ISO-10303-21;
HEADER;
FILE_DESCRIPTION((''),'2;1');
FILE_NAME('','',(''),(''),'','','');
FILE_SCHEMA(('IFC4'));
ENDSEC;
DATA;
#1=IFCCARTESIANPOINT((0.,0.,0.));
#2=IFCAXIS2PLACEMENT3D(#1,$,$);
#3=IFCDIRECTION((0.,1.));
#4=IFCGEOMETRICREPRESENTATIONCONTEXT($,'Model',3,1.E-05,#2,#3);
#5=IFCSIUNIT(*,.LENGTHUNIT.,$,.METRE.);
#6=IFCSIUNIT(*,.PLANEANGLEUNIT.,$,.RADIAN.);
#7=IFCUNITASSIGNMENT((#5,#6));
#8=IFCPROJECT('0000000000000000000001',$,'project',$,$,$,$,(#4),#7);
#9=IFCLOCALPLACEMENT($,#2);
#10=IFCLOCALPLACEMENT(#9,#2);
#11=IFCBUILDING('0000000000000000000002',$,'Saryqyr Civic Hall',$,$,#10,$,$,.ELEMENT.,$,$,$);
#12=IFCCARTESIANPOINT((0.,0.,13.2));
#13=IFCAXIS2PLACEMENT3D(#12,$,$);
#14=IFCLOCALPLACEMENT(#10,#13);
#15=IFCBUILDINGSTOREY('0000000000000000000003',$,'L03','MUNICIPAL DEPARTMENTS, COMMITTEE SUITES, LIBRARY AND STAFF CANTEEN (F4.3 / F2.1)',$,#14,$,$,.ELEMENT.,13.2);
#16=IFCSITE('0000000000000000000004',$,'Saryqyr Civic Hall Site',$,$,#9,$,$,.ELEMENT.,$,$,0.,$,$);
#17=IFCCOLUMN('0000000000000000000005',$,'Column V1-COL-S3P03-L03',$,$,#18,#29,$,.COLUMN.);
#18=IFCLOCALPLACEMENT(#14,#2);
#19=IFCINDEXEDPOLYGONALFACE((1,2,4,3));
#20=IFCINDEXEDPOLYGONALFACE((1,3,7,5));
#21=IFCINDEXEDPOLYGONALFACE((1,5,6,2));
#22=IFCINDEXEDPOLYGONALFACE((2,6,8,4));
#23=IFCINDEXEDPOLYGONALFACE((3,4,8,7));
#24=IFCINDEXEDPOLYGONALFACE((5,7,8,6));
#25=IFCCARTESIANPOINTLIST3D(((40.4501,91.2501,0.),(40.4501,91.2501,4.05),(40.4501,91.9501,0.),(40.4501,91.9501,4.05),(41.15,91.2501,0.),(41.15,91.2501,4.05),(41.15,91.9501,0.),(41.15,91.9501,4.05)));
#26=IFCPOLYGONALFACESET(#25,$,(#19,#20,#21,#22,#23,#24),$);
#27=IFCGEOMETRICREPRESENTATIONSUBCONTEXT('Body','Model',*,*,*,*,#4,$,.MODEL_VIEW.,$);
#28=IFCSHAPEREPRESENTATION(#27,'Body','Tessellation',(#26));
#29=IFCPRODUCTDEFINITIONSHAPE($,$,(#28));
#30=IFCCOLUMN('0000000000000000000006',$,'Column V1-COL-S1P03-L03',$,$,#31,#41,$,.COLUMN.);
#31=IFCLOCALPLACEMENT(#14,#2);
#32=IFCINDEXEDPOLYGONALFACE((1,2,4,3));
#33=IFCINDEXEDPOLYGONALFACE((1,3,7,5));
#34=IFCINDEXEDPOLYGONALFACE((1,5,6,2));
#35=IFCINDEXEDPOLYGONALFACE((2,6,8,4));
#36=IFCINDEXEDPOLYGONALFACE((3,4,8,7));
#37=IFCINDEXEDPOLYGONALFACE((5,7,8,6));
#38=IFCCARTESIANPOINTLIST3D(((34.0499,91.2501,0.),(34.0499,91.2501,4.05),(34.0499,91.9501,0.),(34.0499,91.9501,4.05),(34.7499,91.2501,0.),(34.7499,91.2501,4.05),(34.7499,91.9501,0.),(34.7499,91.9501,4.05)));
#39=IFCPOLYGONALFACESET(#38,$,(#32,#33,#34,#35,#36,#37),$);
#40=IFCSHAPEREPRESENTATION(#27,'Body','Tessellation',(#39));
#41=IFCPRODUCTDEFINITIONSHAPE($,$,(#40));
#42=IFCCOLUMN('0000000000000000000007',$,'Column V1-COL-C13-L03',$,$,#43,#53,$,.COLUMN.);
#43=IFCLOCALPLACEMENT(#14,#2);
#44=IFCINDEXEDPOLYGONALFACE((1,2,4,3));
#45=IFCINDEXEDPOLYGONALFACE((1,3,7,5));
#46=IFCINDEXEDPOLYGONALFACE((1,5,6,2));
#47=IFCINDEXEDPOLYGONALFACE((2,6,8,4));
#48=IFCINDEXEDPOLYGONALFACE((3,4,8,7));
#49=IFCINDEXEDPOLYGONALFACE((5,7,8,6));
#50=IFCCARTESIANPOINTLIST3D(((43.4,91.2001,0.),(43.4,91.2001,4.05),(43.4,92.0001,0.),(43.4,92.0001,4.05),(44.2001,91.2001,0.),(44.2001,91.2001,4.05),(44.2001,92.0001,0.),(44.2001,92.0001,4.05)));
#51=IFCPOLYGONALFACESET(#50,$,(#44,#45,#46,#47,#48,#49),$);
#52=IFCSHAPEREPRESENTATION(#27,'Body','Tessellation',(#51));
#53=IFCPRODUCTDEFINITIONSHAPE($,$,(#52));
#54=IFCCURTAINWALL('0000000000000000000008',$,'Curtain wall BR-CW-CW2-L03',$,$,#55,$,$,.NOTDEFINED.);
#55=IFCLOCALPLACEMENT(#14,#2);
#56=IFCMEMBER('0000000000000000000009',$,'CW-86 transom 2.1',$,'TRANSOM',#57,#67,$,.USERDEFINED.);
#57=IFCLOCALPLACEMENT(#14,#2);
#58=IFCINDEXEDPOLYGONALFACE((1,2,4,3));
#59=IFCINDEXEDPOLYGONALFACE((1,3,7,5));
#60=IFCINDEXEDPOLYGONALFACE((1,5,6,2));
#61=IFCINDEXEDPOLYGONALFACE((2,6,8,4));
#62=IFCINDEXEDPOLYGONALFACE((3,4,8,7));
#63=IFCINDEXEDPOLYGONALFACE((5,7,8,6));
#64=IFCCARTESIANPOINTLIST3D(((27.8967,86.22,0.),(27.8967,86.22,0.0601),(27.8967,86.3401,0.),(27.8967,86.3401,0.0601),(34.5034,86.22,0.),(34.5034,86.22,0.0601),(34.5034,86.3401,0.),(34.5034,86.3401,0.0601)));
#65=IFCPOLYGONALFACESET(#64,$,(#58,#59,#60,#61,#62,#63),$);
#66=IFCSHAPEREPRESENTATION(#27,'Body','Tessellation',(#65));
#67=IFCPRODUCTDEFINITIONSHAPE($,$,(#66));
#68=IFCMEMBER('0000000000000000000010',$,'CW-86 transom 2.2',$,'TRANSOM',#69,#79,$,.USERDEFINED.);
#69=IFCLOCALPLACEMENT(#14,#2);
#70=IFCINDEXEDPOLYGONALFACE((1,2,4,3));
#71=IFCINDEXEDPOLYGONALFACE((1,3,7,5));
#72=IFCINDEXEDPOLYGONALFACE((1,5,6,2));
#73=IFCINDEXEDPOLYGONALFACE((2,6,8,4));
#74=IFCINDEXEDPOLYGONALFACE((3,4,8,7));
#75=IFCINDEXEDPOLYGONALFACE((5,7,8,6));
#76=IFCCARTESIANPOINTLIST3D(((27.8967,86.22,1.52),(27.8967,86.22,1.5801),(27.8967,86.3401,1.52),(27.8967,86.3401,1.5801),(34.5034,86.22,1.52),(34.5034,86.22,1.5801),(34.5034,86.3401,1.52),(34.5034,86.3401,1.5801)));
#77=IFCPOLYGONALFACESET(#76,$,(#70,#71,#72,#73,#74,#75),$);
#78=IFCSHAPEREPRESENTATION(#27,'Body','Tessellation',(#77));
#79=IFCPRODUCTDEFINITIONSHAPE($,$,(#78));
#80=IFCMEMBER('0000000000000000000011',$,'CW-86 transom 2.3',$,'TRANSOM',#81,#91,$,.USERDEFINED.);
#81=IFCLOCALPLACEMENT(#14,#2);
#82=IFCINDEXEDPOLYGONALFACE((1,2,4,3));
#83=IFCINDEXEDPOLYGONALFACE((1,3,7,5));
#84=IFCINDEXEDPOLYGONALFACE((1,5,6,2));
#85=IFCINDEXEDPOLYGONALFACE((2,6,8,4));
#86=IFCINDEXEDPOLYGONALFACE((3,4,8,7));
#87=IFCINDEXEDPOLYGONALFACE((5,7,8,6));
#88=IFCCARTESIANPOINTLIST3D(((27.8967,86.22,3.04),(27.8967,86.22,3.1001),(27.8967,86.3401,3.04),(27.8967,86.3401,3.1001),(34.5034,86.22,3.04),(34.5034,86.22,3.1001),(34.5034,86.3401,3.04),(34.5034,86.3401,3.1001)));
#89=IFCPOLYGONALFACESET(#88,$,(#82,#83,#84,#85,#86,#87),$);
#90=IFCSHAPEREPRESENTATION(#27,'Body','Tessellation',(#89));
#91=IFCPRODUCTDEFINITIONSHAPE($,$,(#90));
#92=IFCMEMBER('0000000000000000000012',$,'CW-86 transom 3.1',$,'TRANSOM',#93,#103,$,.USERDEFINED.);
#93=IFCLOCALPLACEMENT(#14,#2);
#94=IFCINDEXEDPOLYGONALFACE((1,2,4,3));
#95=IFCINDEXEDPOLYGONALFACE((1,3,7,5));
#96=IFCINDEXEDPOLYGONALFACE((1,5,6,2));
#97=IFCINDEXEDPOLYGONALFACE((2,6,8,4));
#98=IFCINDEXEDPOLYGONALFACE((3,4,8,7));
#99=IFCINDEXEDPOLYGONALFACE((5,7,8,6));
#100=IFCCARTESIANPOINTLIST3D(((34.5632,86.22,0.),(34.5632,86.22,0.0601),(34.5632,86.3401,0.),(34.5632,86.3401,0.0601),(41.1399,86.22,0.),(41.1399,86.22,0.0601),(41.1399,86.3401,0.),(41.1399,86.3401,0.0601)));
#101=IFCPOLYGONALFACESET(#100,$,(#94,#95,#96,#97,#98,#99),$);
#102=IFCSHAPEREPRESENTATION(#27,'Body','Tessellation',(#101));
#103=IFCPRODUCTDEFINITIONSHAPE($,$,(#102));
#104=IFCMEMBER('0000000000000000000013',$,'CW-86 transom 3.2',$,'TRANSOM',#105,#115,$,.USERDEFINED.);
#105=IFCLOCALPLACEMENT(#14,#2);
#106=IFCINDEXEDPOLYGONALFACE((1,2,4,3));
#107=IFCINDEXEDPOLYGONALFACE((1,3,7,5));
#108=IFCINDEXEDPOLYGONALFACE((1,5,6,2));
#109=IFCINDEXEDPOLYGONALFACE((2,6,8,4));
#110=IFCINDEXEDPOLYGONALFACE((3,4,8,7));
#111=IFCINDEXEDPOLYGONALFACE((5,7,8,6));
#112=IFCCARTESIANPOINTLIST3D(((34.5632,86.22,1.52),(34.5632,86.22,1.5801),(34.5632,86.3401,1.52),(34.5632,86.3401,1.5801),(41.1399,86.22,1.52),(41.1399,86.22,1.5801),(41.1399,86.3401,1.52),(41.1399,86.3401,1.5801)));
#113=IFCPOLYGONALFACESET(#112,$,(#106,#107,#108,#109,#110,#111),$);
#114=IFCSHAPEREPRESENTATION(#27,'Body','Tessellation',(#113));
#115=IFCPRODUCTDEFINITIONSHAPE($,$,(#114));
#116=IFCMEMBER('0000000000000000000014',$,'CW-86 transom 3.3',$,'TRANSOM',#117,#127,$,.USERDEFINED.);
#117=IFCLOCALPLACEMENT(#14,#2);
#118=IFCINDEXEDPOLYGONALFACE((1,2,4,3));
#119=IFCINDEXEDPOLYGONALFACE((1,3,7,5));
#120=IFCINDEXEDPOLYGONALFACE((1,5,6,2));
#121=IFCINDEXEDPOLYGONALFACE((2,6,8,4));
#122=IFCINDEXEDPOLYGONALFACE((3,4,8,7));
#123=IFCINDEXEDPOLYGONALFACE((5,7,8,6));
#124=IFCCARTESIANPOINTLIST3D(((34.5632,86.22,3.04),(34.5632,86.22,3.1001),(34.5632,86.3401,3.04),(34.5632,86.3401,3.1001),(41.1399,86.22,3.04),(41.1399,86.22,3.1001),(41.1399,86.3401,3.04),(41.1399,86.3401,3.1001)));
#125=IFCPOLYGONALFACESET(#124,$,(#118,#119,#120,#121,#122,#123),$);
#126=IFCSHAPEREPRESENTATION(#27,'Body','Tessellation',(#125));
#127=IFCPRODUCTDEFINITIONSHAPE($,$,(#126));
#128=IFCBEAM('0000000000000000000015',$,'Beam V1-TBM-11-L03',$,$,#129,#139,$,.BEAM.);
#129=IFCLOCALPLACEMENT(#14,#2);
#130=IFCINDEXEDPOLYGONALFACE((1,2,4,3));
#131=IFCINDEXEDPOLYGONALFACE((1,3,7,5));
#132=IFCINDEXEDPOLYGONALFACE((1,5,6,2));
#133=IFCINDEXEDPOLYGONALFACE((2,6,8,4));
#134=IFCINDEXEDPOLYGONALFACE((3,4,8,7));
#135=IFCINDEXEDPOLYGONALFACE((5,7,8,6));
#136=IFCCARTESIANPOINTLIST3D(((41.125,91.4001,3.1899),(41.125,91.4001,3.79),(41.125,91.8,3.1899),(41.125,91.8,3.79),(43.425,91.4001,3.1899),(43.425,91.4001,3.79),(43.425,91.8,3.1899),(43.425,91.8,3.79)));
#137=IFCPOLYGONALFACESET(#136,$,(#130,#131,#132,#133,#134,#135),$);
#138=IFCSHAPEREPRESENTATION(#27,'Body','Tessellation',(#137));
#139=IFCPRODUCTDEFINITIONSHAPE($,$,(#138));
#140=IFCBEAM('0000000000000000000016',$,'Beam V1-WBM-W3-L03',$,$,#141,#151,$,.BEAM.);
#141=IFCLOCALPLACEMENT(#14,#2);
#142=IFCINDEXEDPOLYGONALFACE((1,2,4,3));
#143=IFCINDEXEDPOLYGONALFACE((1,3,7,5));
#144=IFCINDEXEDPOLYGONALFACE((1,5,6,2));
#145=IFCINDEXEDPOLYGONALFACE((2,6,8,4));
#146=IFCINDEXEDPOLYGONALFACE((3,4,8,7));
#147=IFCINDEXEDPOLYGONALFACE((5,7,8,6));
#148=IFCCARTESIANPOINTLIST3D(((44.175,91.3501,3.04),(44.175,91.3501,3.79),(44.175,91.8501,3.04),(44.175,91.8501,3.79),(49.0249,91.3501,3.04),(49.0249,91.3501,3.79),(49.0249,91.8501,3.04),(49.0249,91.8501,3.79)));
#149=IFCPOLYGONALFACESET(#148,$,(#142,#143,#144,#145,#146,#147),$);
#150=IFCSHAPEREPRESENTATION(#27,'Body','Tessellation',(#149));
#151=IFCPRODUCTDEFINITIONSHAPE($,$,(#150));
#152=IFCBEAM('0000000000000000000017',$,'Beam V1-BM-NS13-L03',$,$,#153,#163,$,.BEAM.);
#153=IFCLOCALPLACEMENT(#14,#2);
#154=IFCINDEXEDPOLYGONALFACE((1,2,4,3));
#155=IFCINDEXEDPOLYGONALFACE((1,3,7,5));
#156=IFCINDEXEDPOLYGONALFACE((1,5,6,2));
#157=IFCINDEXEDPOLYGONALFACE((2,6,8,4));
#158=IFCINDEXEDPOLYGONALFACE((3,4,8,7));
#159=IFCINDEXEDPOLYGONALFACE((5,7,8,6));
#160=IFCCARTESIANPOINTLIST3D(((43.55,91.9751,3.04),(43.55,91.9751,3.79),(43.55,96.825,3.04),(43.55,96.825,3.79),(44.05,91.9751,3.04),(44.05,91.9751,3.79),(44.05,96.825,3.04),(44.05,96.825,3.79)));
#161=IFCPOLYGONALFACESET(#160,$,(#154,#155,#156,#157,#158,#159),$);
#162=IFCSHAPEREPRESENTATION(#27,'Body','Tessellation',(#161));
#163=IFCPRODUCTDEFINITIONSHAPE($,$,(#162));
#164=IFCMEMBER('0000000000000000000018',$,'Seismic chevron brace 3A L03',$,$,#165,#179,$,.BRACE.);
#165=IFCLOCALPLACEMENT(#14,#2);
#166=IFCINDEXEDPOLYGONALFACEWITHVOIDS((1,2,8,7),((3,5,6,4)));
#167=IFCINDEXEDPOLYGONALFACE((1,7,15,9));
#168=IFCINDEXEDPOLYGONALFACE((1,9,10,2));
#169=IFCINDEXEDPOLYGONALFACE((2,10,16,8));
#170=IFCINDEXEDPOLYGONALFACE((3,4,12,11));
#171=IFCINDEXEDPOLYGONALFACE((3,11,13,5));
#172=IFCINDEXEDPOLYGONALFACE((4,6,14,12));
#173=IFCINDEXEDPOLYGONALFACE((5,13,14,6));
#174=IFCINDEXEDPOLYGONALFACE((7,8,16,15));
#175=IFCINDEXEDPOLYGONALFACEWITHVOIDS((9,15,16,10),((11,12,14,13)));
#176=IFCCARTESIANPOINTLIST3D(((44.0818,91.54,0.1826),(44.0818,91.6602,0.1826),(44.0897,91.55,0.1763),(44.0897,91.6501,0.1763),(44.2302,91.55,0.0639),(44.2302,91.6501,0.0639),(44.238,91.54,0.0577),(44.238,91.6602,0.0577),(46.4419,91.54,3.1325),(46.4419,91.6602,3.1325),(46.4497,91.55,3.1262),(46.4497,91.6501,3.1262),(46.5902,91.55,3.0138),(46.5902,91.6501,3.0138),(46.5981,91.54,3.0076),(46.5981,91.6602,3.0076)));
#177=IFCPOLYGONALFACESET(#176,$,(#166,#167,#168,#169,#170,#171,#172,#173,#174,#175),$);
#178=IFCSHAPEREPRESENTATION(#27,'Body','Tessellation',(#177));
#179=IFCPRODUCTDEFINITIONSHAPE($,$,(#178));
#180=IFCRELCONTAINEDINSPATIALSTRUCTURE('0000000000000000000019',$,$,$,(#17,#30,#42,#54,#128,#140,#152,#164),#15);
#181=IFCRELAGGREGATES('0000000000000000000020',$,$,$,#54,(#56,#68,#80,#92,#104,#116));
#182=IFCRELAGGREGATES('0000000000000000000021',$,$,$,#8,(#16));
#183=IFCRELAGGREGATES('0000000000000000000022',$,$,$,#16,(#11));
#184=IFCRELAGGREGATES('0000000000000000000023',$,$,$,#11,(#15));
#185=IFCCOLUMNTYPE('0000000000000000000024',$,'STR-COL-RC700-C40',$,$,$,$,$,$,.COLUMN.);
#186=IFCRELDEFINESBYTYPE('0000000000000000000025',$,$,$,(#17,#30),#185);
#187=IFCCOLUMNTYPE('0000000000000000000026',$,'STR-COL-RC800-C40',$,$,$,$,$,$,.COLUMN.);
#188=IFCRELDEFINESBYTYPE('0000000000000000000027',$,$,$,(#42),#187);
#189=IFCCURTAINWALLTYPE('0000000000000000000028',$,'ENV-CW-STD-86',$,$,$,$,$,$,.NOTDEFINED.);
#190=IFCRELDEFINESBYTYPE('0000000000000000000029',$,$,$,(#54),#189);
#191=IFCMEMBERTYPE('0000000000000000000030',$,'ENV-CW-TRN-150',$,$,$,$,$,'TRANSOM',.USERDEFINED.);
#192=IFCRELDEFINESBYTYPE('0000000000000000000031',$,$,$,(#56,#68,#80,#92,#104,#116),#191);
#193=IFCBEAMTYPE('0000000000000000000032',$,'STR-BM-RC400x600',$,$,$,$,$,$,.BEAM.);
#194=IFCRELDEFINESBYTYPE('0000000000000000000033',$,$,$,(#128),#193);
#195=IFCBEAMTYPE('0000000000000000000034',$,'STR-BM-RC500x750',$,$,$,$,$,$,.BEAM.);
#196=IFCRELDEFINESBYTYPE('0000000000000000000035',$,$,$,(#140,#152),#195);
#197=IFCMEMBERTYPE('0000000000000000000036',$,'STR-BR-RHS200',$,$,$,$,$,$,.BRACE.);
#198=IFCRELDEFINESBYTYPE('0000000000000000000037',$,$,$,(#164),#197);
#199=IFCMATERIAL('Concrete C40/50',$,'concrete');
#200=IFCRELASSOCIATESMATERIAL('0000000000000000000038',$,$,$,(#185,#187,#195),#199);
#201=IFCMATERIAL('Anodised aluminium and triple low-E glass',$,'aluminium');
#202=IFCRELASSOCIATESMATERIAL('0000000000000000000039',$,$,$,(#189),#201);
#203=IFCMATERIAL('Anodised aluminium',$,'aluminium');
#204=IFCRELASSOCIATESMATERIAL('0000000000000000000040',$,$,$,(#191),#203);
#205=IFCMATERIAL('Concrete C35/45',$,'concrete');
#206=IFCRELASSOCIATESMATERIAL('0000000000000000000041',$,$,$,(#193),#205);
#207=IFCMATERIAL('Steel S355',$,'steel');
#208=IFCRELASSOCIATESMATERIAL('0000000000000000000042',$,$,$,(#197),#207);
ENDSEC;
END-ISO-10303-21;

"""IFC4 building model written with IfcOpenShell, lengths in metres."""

from ifc_helpers import new_model, si_unit, direction, frame, origin, origin_2d, place, context, subcontext, project, spatial, rectangle, hollow_rectangle, extrude, material, material_profile, profile_set, type_object, element, aggregate, save


model = new_model("IFC4")

# Units and contexts
model_context = context("Model", 3, precision=1e-05, world=origin(), true_north=direction((0.0, 1.0)))
body_context = subcontext(model_context, "Body", "Model", "MODEL_VIEW")
ifc_project = project(units=[si_unit("LENGTHUNIT", "METRE"), si_unit("PLANEANGLEUNIT", "RADIAN")], contexts=[model_context])

# Site, building, storey
site_placement = place(None, origin())
site = spatial("IfcSite", under=ifc_project, at=site_placement, Name="Saryqyr Civic Hall Site", CompositionType="ELEMENT", RefElevation=0.0)
building_placement = place(site_placement, origin())
building = spatial("IfcBuilding", under=site, at=building_placement, Name="Saryqyr Civic Hall", CompositionType="ELEMENT")
storey_placement = place(building_placement, frame((0.0, 0.0, 13.2)))
storey = spatial("IfcBuildingStorey", under=building, at=storey_placement, Name="L03", Description="MUNICIPAL DEPARTMENTS, COMMITTEE SUITES, LIBRARY AND STAFF CANTEEN (F4.3 / F2.1)", CompositionType="ELEMENT", Elevation=13.2)

# Columns
ifc_material_1 = material(Name="Concrete C40/50", Category="concrete")
ifc_material_profile_1 = material_profile(ifc_material_1, rectangle(XDim=0.7, YDim=0.7, at=origin_2d()), Name="RC 700x700")
ifc_profile_set_1 = profile_set([ifc_material_profile_1], Name="Concrete C40/50")
column_type_1 = type_object("IfcColumnType", Name="STR-COL-RC700-C40", PredefinedType="COLUMN", material=ifc_profile_set_1)
for number, where, z_axis, x_axis, name in (
    (1, (40.8, 91.6001, 0.0), (0.0, 0.0, 1.0), (1.0, 0.0, 0.0), "Column V1-COL-S3P03-L03"),
    (2, (34.3999, 91.6001, 0.0), (0.0, 0.0, 1.0), (1.0, 0.0, 0.0), "Column V1-COL-S1P03-L03"),
):
    element("IfcColumn", number, at=place(storey_placement, frame(where, z_axis=z_axis, x_axis=x_axis)), inside=storey, type_object=column_type_1, Name=name, PredefinedType="COLUMN", context=body_context, shape_type="SweptSolid", body=[
        extrude(rectangle(XDim=0.7, YDim=0.7, at=origin_2d()), origin(), (0.0, 0.0, 1.0), 4.05),
    ])
ifc_material_profile_2 = material_profile(ifc_material_1, rectangle(XDim=0.8, YDim=0.8, at=origin_2d()), Name="RC 800x800")
ifc_profile_set_2 = profile_set([ifc_material_profile_2], Name="Concrete C40/50")
column_type_2 = type_object("IfcColumnType", Name="STR-COL-RC800-C40", PredefinedType="COLUMN", material=ifc_profile_set_2)
column_placement = place(storey_placement, frame((43.8, 91.6001, 0.0), z_axis=(0.0, 0.0, 1.0), x_axis=(1.0, 0.0, 0.0)))
element("IfcColumn", 3, at=column_placement, inside=storey, type_object=column_type_2, Name="Column V1-COL-C13-L03", PredefinedType="COLUMN", context=body_context, shape_type="SweptSolid", body=[
    extrude(rectangle(XDim=0.8, YDim=0.8, at=origin_2d()), origin(), (0.0, 0.0, 1.0), 4.05),
])

# Curtain wall, members
ifc_material_2 = material(Name="Anodised aluminium and triple low-E glass", Category="aluminium")
curtain_wall_type = type_object("IfcCurtainWallType", Name="ENV-CW-STD-86", PredefinedType="NOTDEFINED", material=ifc_material_2)
curtain_wall_placement = place(storey_placement, origin())
curtain_wall = element("IfcCurtainWall", 4, at=curtain_wall_placement, inside=storey, type_object=curtain_wall_type, Name="Curtain wall BR-CW-CW2-L03", PredefinedType="NOTDEFINED")
ifc_material_3 = material(Name="Anodised aluminium", Category="aluminium")
ifc_material_profile_3 = material_profile(ifc_material_3, rectangle(XDim=0.1201, YDim=0.0601, at=origin_2d()), Name="ALU TRANSOM 120x60")
ifc_profile_set_3 = profile_set([ifc_material_profile_3], Name="Anodised aluminium")
member_type_1 = type_object("IfcMemberType", Name="ENV-CW-TRN-150", ElementType="TRANSOM", PredefinedType="USERDEFINED", material=ifc_profile_set_3)
member_1_placement = place(storey_placement, frame((27.8967, 86.28, 0.03), z_axis=(1.0, 0.0, 0.0), x_axis=(0.0, 1.0, 0.0)))
member_1 = element("IfcMember", 5, at=member_1_placement, type_object=member_type_1, Name="CW-86 transom 2.1", ObjectType="TRANSOM", PredefinedType="USERDEFINED", context=body_context, shape_type="SweptSolid", body=[
    extrude(rectangle(XDim=0.1201, YDim=0.0601, at=origin_2d()), origin(), (0.0, 0.0, 1.0), 6.6067),
])
member_2_placement = place(storey_placement, frame((27.8967, 86.28, 1.55), z_axis=(1.0, 0.0, 0.0), x_axis=(0.0, 1.0, 0.0)))
member_2 = element("IfcMember", 6, at=member_2_placement, type_object=member_type_1, Name="CW-86 transom 2.2", ObjectType="TRANSOM", PredefinedType="USERDEFINED", context=body_context, shape_type="SweptSolid", body=[
    extrude(rectangle(XDim=0.1201, YDim=0.0601, at=origin_2d()), origin(), (0.0, 0.0, 1.0), 6.6067),
])
member_3_placement = place(storey_placement, frame((27.8967, 86.28, 3.0701), z_axis=(1.0, 0.0, 0.0), x_axis=(0.0, 1.0, 0.0)))
member_3 = element("IfcMember", 7, at=member_3_placement, type_object=member_type_1, Name="CW-86 transom 2.3", ObjectType="TRANSOM", PredefinedType="USERDEFINED", context=body_context, shape_type="SweptSolid", body=[
    extrude(rectangle(XDim=0.1201, YDim=0.0601, at=origin_2d()), origin(), (0.0, 0.0, 1.0), 6.6067),
])
member_4_placement = place(storey_placement, frame((34.5632, 86.28, 0.03), z_axis=(1.0, 0.0, 0.0), x_axis=(0.0, 1.0, 0.0)))
member_4 = element("IfcMember", 8, at=member_4_placement, type_object=member_type_1, Name="CW-86 transom 3.1", ObjectType="TRANSOM", PredefinedType="USERDEFINED", context=body_context, shape_type="SweptSolid", body=[
    extrude(rectangle(XDim=0.1201, YDim=0.0601, at=origin_2d()), origin(), (0.0, 0.0, 1.0), 6.5767),
])
member_5_placement = place(storey_placement, frame((34.5632, 86.28, 1.55), z_axis=(1.0, 0.0, 0.0), x_axis=(0.0, 1.0, 0.0)))
member_5 = element("IfcMember", 9, at=member_5_placement, type_object=member_type_1, Name="CW-86 transom 3.2", ObjectType="TRANSOM", PredefinedType="USERDEFINED", context=body_context, shape_type="SweptSolid", body=[
    extrude(rectangle(XDim=0.1201, YDim=0.0601, at=origin_2d()), origin(), (0.0, 0.0, 1.0), 6.5767),
])
member_6_placement = place(storey_placement, frame((34.5632, 86.28, 3.0701), z_axis=(1.0, 0.0, 0.0), x_axis=(0.0, 1.0, 0.0)))
member_6 = element("IfcMember", 10, at=member_6_placement, type_object=member_type_1, Name="CW-86 transom 3.3", ObjectType="TRANSOM", PredefinedType="USERDEFINED", context=body_context, shape_type="SweptSolid", body=[
    extrude(rectangle(XDim=0.1201, YDim=0.0601, at=origin_2d()), origin(), (0.0, 0.0, 1.0), 6.5767),
])

# Beams
ifc_material_4 = material(Name="Concrete C35/45", Category="concrete")
ifc_material_profile_4 = material_profile(ifc_material_4, rectangle(XDim=0.3999, YDim=0.6001, at=origin_2d()), Name="RC 400x600")
ifc_profile_set_4 = profile_set([ifc_material_profile_4], Name="Concrete C35/45")
beam_type_1 = type_object("IfcBeamType", Name="STR-BM-RC400x600", PredefinedType="BEAM", material=ifc_profile_set_4)
beam_1_placement = place(storey_placement, frame((41.125, 91.6001, 3.49), z_axis=(1.0, 0.0, 0.0), x_axis=(0.0, 1.0, 0.0)))
element("IfcBeam", 11, at=beam_1_placement, inside=storey, type_object=beam_type_1, Name="Beam V1-TBM-11-L03", PredefinedType="BEAM", context=body_context, shape_type="SweptSolid", body=[
    extrude(rectangle(XDim=0.3999, YDim=0.6001, at=origin_2d()), origin(), (0.0, 0.0, 1.0), 2.3),
])
ifc_material_profile_5 = material_profile(ifc_material_1, rectangle(XDim=0.5, YDim=0.75, at=origin_2d()), Name="RC 500x750")
ifc_profile_set_5 = profile_set([ifc_material_profile_5], Name="Concrete C40/50")
beam_type_2 = type_object("IfcBeamType", Name="STR-BM-RC500x750", PredefinedType="BEAM", material=ifc_profile_set_5)
for number, where, z_axis, x_axis, name in (
    (12, (44.175, 91.6001, 3.415), (1.0, 0.0, 0.0), (0.0, 1.0, 0.0), "Beam V1-WBM-W3-L03"),
    (13, (43.8, 91.9751, 3.415), (0.0, 1.0, 0.0), (-1.0, 0.0, 0.0), "Beam V1-BM-NS13-L03"),
):
    element("IfcBeam", number, at=place(storey_placement, frame(where, z_axis=z_axis, x_axis=x_axis)), inside=storey, type_object=beam_type_2, Name=name, PredefinedType="BEAM", context=body_context, shape_type="SweptSolid", body=[
        extrude(rectangle(XDim=0.5, YDim=0.75, at=origin_2d()), origin(), (0.0, 0.0, 1.0), 4.8499),
    ])

# Member
ifc_material_5 = material(Name="Steel S355", Category="steel")
ifc_material_profile_6 = material_profile(ifc_material_5, hollow_rectangle(XDim=0.1201, YDim=0.2, WallThickness=0.01, at=origin_2d()), Name="RHS 200x120x10")
ifc_profile_set_6 = profile_set([ifc_material_profile_6], Name="Steel S355")
member_type_2 = type_object("IfcMemberType", Name="STR-BR-RHS200", PredefinedType="BRACE", material=ifc_profile_set_6)
member_7_placement = place(storey_placement, frame((44.1599, 91.6001, 0.1201), z_axis=(0.624719, 0.0, 0.78085), x_axis=(0.0, 1.0, 0.0)))
element("IfcMember", 14, at=member_7_placement, inside=storey, type_object=member_type_2, Name="Seismic chevron brace 3A L03", PredefinedType="BRACE", context=body_context, shape_type="SweptSolid", body=[
    extrude(hollow_rectangle(XDim=0.1201, YDim=0.2, WallThickness=0.01, at=origin_2d()), origin(), (0.0, 0.0, 1.0), 3.7778),
])

aggregate(curtain_wall, [member_1, member_2, member_3, member_4, member_5, member_6])

save(model, "model.ifc")
